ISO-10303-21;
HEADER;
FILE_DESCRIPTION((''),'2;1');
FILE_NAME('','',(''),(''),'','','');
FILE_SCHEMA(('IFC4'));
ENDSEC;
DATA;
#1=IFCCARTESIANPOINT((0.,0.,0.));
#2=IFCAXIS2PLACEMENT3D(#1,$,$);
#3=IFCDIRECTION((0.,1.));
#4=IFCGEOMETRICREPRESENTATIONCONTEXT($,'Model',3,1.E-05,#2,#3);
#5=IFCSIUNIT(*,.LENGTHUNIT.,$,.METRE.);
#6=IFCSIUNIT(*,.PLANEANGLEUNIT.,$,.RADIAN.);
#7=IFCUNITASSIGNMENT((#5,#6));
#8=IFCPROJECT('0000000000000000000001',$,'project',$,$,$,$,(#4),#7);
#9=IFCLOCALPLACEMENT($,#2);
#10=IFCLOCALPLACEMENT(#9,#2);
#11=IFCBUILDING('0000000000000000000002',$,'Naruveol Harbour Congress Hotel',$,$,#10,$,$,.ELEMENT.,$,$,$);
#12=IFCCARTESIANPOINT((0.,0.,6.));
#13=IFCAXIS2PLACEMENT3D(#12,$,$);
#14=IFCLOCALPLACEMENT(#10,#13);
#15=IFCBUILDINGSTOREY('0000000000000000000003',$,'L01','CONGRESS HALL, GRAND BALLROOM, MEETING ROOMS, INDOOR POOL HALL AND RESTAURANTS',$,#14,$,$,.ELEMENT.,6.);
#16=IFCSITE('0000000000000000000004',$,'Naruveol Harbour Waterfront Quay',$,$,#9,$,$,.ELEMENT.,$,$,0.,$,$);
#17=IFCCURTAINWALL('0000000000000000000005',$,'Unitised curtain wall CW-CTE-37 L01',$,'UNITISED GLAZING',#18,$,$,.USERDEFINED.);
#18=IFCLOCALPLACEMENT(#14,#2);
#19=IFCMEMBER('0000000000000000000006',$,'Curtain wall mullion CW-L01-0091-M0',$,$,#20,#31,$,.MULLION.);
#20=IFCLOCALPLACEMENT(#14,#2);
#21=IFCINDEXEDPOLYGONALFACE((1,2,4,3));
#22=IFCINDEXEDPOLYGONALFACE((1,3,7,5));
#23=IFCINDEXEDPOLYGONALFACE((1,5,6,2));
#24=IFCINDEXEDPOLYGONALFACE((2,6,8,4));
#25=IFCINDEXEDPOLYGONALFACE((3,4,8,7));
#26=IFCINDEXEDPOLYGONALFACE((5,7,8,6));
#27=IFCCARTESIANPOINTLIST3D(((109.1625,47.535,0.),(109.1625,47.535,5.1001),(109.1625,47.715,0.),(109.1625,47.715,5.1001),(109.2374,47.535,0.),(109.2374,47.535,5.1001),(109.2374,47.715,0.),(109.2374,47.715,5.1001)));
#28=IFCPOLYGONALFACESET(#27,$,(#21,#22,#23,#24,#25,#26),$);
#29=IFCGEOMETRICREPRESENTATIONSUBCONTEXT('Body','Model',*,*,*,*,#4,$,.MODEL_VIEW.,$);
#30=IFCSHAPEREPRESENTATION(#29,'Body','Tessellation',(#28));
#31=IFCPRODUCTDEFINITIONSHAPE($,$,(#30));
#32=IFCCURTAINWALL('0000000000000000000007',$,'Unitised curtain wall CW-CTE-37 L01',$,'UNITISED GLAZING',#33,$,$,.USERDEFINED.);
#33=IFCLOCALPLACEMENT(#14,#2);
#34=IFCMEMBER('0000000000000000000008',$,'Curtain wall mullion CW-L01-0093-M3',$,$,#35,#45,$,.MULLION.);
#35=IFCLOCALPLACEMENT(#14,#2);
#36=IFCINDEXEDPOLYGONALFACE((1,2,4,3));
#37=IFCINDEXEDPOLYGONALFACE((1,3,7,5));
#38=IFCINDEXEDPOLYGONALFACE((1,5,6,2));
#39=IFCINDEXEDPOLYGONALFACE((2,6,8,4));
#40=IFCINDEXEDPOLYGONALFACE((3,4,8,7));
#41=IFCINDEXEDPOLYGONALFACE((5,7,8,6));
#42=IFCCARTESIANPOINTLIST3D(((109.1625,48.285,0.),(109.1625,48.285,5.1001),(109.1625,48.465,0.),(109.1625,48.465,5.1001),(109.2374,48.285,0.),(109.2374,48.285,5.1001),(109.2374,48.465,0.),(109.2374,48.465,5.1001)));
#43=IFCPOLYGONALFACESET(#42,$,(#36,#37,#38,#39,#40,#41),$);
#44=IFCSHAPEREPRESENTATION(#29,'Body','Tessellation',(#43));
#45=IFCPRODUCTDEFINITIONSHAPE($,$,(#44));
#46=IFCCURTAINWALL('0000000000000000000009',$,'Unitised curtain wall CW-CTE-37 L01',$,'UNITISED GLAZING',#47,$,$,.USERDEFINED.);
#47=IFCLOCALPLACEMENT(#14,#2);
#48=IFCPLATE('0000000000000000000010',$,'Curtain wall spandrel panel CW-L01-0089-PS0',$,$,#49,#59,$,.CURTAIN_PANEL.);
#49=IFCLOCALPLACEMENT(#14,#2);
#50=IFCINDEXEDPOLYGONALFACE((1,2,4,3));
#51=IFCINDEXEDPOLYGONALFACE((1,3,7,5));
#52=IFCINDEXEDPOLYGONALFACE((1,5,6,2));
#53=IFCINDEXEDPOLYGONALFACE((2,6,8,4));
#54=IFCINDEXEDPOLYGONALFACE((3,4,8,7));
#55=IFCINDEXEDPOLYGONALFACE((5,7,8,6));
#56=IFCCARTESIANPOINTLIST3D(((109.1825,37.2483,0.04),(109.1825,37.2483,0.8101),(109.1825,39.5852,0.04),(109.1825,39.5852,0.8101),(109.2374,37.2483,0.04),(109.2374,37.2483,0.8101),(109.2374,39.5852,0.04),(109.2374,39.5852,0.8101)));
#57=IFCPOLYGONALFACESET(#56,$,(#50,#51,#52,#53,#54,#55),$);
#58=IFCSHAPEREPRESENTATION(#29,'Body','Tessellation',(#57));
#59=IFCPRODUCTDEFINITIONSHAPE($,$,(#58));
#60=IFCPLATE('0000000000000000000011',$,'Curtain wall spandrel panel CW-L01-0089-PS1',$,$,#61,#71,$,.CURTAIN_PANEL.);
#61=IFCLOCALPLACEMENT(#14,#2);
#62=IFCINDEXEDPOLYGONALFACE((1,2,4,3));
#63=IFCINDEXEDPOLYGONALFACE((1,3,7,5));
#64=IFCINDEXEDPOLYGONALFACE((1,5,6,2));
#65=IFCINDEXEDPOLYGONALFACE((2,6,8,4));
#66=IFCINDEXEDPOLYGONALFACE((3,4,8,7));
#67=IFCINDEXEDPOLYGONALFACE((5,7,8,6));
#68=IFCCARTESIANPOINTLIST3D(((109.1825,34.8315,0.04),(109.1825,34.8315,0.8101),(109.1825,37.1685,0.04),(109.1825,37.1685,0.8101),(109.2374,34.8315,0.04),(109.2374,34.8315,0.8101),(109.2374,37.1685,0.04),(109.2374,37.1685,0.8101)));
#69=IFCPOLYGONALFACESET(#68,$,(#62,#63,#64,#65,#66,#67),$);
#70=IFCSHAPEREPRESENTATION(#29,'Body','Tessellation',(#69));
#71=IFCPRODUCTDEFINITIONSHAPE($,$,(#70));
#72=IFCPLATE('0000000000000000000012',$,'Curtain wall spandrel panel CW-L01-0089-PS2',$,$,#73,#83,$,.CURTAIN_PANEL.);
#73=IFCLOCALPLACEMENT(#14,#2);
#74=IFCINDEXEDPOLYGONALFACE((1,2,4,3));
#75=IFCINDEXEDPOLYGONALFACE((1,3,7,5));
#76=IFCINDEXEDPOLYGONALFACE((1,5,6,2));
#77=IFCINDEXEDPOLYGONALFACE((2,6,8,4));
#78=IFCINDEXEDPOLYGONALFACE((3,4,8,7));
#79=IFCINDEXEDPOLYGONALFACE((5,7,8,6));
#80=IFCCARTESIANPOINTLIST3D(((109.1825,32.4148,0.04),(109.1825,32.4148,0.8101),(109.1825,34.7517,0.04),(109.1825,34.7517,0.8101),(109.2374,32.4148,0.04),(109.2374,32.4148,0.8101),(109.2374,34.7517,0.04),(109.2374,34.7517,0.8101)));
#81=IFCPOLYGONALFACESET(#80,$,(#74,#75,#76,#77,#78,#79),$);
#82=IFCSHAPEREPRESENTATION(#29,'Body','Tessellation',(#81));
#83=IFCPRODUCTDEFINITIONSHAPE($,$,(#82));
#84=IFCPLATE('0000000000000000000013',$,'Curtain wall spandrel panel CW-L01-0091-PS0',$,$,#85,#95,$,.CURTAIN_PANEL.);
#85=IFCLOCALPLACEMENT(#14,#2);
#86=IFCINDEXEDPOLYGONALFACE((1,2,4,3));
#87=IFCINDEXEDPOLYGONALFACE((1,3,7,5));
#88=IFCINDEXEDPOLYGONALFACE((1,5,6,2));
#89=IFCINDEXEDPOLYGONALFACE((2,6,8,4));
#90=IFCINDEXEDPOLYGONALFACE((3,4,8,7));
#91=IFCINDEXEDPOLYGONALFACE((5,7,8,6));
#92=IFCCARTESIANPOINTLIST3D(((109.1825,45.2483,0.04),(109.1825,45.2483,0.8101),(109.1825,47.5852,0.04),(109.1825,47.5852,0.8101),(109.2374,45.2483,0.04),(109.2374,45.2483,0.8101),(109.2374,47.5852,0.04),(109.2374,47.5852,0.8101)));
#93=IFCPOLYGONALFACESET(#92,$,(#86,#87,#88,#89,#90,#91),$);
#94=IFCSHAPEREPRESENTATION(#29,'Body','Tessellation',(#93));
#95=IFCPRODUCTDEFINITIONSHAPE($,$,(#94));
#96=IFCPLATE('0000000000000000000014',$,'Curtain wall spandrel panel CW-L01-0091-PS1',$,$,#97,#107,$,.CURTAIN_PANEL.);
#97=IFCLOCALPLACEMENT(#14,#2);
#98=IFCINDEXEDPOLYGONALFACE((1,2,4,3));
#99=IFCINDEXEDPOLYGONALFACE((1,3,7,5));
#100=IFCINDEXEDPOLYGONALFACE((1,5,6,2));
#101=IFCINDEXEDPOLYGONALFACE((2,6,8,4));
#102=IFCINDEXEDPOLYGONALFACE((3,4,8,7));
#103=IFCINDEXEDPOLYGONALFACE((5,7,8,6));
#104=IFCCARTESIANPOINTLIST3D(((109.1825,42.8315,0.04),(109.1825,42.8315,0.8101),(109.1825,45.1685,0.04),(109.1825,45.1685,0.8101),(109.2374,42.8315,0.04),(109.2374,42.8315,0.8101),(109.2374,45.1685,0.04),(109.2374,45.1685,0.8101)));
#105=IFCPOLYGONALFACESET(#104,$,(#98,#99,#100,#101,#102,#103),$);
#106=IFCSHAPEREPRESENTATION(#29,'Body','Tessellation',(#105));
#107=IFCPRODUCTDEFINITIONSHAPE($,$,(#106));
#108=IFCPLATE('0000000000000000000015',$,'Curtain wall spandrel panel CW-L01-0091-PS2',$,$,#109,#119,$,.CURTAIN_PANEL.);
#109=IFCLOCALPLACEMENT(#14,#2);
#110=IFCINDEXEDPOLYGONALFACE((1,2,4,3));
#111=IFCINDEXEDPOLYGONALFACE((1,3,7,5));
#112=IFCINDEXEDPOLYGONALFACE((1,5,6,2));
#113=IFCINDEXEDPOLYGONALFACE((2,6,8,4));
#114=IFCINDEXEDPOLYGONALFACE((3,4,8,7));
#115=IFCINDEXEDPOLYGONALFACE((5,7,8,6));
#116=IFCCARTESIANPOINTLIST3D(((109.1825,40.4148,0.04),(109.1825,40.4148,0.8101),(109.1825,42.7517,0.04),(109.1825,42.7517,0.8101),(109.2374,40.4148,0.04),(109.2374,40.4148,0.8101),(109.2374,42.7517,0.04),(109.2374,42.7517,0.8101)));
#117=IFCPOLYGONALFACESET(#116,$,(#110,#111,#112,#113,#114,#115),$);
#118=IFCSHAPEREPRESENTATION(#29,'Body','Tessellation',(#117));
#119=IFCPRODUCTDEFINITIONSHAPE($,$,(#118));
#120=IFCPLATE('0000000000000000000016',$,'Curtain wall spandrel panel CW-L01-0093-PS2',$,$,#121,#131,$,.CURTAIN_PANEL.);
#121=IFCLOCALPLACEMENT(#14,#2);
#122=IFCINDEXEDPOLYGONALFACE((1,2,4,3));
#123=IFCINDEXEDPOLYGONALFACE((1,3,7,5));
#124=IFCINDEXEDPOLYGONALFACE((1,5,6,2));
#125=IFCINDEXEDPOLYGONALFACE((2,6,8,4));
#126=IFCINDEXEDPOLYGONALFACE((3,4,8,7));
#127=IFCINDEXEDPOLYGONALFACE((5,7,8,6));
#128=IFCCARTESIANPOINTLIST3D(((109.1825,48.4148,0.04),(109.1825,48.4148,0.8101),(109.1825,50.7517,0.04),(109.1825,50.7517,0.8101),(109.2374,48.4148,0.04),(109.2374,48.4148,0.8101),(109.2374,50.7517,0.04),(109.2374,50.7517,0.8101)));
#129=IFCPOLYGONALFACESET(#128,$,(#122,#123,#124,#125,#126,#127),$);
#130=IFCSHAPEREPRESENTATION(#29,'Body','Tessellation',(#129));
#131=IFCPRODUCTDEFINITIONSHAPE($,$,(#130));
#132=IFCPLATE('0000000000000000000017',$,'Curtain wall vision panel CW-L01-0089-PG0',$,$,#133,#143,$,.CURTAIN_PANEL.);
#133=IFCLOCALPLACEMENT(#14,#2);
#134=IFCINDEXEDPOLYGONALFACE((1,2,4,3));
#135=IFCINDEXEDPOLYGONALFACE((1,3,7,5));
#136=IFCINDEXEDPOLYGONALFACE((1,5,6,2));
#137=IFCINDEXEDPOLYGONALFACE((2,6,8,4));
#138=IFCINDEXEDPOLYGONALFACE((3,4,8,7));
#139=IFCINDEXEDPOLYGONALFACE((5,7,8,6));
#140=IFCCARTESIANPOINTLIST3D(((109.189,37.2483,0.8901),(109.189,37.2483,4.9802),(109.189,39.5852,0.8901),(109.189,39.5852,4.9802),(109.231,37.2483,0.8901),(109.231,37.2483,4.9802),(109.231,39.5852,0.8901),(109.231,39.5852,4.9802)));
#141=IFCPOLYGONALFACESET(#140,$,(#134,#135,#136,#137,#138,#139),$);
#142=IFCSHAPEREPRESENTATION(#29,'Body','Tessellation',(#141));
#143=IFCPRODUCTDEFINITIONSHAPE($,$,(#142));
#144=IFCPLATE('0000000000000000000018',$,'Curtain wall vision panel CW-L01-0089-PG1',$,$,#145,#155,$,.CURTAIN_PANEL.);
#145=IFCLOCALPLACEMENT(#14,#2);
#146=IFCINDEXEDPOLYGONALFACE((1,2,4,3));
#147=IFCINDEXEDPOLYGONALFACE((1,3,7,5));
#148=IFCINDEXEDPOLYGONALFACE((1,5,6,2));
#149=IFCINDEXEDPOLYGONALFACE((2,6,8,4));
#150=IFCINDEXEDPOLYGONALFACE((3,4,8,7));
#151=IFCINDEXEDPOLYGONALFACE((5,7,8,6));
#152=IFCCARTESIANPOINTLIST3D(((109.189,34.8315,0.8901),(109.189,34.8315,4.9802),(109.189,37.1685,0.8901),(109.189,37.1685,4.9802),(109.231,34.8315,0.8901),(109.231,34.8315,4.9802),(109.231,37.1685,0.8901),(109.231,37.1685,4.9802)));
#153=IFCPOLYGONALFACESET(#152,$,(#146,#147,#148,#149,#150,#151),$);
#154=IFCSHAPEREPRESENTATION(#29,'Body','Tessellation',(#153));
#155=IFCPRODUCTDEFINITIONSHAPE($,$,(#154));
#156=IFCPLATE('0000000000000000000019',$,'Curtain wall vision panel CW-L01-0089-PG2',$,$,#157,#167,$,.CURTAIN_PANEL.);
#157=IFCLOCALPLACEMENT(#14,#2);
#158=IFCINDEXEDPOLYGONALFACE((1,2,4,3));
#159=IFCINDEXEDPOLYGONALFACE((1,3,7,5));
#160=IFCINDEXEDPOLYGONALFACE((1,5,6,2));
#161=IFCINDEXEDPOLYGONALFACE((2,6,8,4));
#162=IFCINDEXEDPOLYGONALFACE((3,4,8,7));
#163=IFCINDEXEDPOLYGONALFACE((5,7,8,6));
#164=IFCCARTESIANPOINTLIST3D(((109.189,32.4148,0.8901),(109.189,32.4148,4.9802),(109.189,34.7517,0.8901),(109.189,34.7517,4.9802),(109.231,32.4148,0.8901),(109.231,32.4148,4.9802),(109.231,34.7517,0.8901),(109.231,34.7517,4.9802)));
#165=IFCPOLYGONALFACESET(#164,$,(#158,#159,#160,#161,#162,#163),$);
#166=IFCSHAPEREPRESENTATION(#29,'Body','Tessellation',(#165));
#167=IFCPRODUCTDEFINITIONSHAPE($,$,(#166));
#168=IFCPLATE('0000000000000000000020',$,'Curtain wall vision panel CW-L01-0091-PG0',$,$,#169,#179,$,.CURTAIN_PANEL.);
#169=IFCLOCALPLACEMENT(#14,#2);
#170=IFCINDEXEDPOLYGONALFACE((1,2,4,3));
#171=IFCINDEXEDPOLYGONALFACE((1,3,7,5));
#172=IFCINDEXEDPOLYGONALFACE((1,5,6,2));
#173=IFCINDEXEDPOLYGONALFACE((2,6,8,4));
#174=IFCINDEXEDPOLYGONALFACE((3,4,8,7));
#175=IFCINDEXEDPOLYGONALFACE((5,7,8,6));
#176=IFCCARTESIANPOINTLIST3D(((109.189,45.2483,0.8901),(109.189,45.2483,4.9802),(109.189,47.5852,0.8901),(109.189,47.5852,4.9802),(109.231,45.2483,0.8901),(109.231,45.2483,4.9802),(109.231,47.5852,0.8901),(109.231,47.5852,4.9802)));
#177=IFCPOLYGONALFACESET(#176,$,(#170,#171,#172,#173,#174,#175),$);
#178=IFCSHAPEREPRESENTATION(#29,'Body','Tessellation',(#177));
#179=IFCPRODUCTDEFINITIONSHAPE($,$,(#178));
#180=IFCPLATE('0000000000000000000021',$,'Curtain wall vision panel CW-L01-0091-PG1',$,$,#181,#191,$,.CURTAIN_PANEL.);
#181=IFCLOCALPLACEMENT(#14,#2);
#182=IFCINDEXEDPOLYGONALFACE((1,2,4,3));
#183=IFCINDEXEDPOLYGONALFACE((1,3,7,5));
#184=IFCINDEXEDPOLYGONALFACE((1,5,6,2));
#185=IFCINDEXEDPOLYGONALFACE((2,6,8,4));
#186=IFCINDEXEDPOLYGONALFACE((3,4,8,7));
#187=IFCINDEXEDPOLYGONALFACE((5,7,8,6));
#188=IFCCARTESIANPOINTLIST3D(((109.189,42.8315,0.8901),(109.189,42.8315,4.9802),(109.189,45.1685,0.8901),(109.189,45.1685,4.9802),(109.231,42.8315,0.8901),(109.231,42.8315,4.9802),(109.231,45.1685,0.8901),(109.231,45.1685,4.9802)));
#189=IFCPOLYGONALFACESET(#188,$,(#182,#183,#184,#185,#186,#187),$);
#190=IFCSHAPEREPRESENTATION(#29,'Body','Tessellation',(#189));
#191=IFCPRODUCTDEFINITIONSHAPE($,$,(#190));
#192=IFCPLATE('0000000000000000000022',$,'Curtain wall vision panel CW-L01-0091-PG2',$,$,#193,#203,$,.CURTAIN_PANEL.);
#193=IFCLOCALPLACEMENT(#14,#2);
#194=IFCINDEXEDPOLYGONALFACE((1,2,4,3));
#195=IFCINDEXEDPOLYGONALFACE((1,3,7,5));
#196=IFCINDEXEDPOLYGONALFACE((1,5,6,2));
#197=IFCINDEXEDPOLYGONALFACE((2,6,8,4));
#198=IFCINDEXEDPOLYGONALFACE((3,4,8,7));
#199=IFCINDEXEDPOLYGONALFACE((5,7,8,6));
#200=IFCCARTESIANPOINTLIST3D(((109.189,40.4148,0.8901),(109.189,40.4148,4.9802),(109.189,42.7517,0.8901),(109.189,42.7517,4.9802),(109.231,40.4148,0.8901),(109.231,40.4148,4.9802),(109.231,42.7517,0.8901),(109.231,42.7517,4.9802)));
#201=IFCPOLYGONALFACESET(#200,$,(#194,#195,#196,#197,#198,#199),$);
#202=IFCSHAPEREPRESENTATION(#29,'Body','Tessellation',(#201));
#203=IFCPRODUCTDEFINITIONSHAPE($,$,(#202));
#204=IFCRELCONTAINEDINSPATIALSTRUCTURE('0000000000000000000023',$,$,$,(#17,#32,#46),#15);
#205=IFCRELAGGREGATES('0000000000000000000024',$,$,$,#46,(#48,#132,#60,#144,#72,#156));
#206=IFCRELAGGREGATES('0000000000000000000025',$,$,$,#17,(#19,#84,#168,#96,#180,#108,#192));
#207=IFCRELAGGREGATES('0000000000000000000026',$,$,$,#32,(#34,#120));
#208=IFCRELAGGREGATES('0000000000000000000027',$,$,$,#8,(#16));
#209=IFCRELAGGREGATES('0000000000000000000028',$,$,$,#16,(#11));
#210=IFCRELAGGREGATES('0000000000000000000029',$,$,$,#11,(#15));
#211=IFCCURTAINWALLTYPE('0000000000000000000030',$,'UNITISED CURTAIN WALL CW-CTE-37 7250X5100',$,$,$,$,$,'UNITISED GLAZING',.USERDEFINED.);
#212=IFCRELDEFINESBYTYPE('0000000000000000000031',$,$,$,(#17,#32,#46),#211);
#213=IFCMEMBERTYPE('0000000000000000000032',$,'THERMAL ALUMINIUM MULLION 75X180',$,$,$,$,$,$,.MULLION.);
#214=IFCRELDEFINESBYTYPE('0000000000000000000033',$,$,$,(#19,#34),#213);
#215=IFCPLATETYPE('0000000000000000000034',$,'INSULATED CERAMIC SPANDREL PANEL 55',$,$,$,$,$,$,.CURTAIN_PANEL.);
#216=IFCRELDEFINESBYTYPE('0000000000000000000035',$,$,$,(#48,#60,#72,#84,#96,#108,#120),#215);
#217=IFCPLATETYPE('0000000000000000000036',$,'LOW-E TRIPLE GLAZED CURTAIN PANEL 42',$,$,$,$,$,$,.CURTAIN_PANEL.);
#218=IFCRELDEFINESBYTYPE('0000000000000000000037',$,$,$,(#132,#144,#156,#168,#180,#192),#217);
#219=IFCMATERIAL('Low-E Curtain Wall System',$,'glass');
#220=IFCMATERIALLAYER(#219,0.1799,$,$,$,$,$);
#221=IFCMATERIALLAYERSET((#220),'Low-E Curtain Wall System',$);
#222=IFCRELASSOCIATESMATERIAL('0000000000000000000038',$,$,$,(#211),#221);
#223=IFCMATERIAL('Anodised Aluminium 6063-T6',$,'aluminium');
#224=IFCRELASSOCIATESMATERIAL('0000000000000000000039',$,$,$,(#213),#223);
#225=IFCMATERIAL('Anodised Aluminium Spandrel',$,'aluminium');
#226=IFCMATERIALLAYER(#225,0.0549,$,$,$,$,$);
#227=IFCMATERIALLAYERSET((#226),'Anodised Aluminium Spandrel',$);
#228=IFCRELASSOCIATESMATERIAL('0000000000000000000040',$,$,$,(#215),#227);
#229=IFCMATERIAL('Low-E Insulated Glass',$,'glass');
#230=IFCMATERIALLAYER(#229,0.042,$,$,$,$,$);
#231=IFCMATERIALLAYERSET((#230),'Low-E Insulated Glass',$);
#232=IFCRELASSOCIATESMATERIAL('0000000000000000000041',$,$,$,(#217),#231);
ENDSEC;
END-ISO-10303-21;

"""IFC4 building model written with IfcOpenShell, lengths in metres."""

from ifc_helpers import new_model, si_unit, direction, frame, origin, origin_2d, place, context, subcontext, project, spatial, rectangle, extrude, material, layer, layer_set, material_profile, profile_set, type_object, element, aggregate, save


model = new_model("IFC4")

# Units and contexts
model_context = context("Model", 3, precision=1e-05, world=origin(), true_north=direction((0.0, 1.0)))
body_context = subcontext(model_context, "Body", "Model", "MODEL_VIEW")
ifc_project = project(units=[si_unit("LENGTHUNIT", "METRE"), si_unit("PLANEANGLEUNIT", "RADIAN")], contexts=[model_context])

# Site, building, storey
site_placement = place(None, origin())
site = spatial("IfcSite", under=ifc_project, at=site_placement, Name="Naruveol Harbour Waterfront Quay", CompositionType="ELEMENT", RefElevation=0.0)
building_placement = place(site_placement, origin())
building = spatial("IfcBuilding", under=site, at=building_placement, Name="Naruveol Harbour Congress Hotel", CompositionType="ELEMENT")
storey_placement = place(building_placement, frame((0.0, 0.0, 6.0)))
storey = spatial("IfcBuildingStorey", under=building, at=storey_placement, Name="L01", Description="CONGRESS HALL, GRAND BALLROOM, MEETING ROOMS, INDOOR POOL HALL AND RESTAURANTS", CompositionType="ELEMENT", Elevation=6.0)

# Curtain walls, members
ifc_material_1 = material(Name="Low-E Curtain Wall System", Category="glass")
ifc_layer_1 = layer(ifc_material_1, 0.1799)
ifc_layer_set_1 = layer_set([ifc_layer_1], Name="Low-E Curtain Wall System")
curtain_wall_type = type_object("IfcCurtainWallType", Name="UNITISED CURTAIN WALL CW-CTE-37 7250X5100", ElementType="UNITISED GLAZING", PredefinedType="USERDEFINED", material=ifc_layer_set_1)
curtain_wall_1_placement = place(storey_placement, origin())
curtain_wall_1 = element("IfcCurtainWall", 1, at=curtain_wall_1_placement, inside=storey, type_object=curtain_wall_type, Name="Unitised curtain wall CW-CTE-37 L01", ObjectType="UNITISED GLAZING", PredefinedType="USERDEFINED")
ifc_material_2 = material(Name="Anodised Aluminium 6063-T6", Category="aluminium")
ifc_material_profile_1 = material_profile(ifc_material_2, rectangle(XDim=0.075, YDim=0.1799, at=origin_2d()), Name="ALU-75x180")
ifc_profile_set_1 = profile_set([ifc_material_profile_1], Name="Anodised Aluminium 6063-T6")
member_type = type_object("IfcMemberType", Name="THERMAL ALUMINIUM MULLION 75X180", PredefinedType="MULLION", material=ifc_profile_set_1)
member_1_placement = place(storey_placement, frame((109.2, 47.625, 0.0), z_axis=(0.0, 0.0, 1.0), x_axis=(1.0, 0.0, 0.0)))
member_1 = element("IfcMember", 2, at=member_1_placement, type_object=member_type, Name="Curtain wall mullion CW-L01-0091-M0", PredefinedType="MULLION", context=body_context, shape_type="SweptSolid", body=[
    extrude(rectangle(XDim=0.075, YDim=0.1799, at=origin_2d()), origin(), (0.0, 0.0, 1.0), 5.1001),
])
curtain_wall_2_placement = place(storey_placement, origin())
curtain_wall_2 = element("IfcCurtainWall", 3, at=curtain_wall_2_placement, inside=storey, type_object=curtain_wall_type, Name="Unitised curtain wall CW-CTE-37 L01", ObjectType="UNITISED GLAZING", PredefinedType="USERDEFINED")
member_2_placement = place(storey_placement, frame((109.2, 48.375, 0.0), z_axis=(0.0, 0.0, 1.0), x_axis=(1.0, 0.0, 0.0)))
member_2 = element("IfcMember", 4, at=member_2_placement, type_object=member_type, Name="Curtain wall mullion CW-L01-0093-M3", PredefinedType="MULLION", context=body_context, shape_type="SweptSolid", body=[
    extrude(rectangle(XDim=0.075, YDim=0.1799, at=origin_2d()), origin(), (0.0, 0.0, 1.0), 5.1001),
])

# Curtain wall, plates
curtain_wall_3_placement = place(storey_placement, origin())
curtain_wall_3 = element("IfcCurtainWall", 5, at=curtain_wall_3_placement, inside=storey, type_object=curtain_wall_type, Name="Unitised curtain wall CW-CTE-37 L01", ObjectType="UNITISED GLAZING", PredefinedType="USERDEFINED")
ifc_material_3 = material(Name="Anodised Aluminium Spandrel", Category="aluminium")
ifc_layer_2 = layer(ifc_material_3, 0.0549)
ifc_layer_set_2 = layer_set([ifc_layer_2], Name="Anodised Aluminium Spandrel")
plate_type_1 = type_object("IfcPlateType", Name="INSULATED CERAMIC SPANDREL PANEL 55", PredefinedType="CURTAIN_PANEL", material=ifc_layer_set_2)
plate_1_placement = place(storey_placement, frame((109.21, 38.4167, 0.04), z_axis=(0.0, 0.0, 1.0), x_axis=(0.0, -1.0, 0.0)))
plate_1 = element("IfcPlate", 6, at=plate_1_placement, type_object=plate_type_1, Name="Curtain wall spandrel panel CW-L01-0089-PS0", PredefinedType="CURTAIN_PANEL", context=body_context, shape_type="SweptSolid", body=[
    extrude(rectangle(XDim=2.3369, YDim=0.0549, at=origin_2d()), origin(), (0.0, 0.0, 1.0), 0.77),
])
plate_2_placement = place(storey_placement, frame((109.21, 36.0, 0.04), z_axis=(0.0, 0.0, 1.0), x_axis=(0.0, -1.0, 0.0)))
plate_2 = element("IfcPlate", 7, at=plate_2_placement, type_object=plate_type_1, Name="Curtain wall spandrel panel CW-L01-0089-PS1", PredefinedType="CURTAIN_PANEL", context=body_context, shape_type="SweptSolid", body=[
    extrude(rectangle(XDim=2.3369, YDim=0.0549, at=origin_2d()), origin(), (0.0, 0.0, 1.0), 0.77),
])
plate_3_placement = place(storey_placement, frame((109.21, 33.5833, 0.04), z_axis=(0.0, 0.0, 1.0), x_axis=(0.0, -1.0, 0.0)))
plate_3 = element("IfcPlate", 8, at=plate_3_placement, type_object=plate_type_1, Name="Curtain wall spandrel panel CW-L01-0089-PS2", PredefinedType="CURTAIN_PANEL", context=body_context, shape_type="SweptSolid", body=[
    extrude(rectangle(XDim=2.3369, YDim=0.0549, at=origin_2d()), origin(), (0.0, 0.0, 1.0), 0.77),
])

# Plates
plate_4_placement = place(storey_placement, frame((109.21, 46.4167, 0.04), z_axis=(0.0, 0.0, 1.0), x_axis=(0.0, -1.0, 0.0)))
plate_4 = element("IfcPlate", 9, at=plate_4_placement, type_object=plate_type_1, Name="Curtain wall spandrel panel CW-L01-0091-PS0", PredefinedType="CURTAIN_PANEL", context=body_context, shape_type="SweptSolid", body=[
    extrude(rectangle(XDim=2.3369, YDim=0.0549, at=origin_2d()), origin(), (0.0, 0.0, 1.0), 0.77),
])
plate_5_placement = place(storey_placement, frame((109.21, 44.0, 0.04), z_axis=(0.0, 0.0, 1.0), x_axis=(0.0, -1.0, 0.0)))
plate_5 = element("IfcPlate", 10, at=plate_5_placement, type_object=plate_type_1, Name="Curtain wall spandrel panel CW-L01-0091-PS1", PredefinedType="CURTAIN_PANEL", context=body_context, shape_type="SweptSolid", body=[
    extrude(rectangle(XDim=2.3369, YDim=0.0549, at=origin_2d()), origin(), (0.0, 0.0, 1.0), 0.77),
])
plate_6_placement = place(storey_placement, frame((109.21, 41.5833, 0.04), z_axis=(0.0, 0.0, 1.0), x_axis=(0.0, -1.0, 0.0)))
plate_6 = element("IfcPlate", 11, at=plate_6_placement, type_object=plate_type_1, Name="Curtain wall spandrel panel CW-L01-0091-PS2", PredefinedType="CURTAIN_PANEL", context=body_context, shape_type="SweptSolid", body=[
    extrude(rectangle(XDim=2.3369, YDim=0.0549, at=origin_2d()), origin(), (0.0, 0.0, 1.0), 0.77),
])
plate_7_placement = place(storey_placement, frame((109.21, 49.5833, 0.04), z_axis=(0.0, 0.0, 1.0), x_axis=(0.0, -1.0, 0.0)))
plate_7 = element("IfcPlate", 12, at=plate_7_placement, type_object=plate_type_1, Name="Curtain wall spandrel panel CW-L01-0093-PS2", PredefinedType="CURTAIN_PANEL", context=body_context, shape_type="SweptSolid", body=[
    extrude(rectangle(XDim=2.3369, YDim=0.0549, at=origin_2d()), origin(), (0.0, 0.0, 1.0), 0.77),
])
ifc_material_4 = material(Name="Low-E Insulated Glass", Category="glass")
ifc_layer_3 = layer(ifc_material_4, 0.042)
ifc_layer_set_3 = layer_set([ifc_layer_3], Name="Low-E Insulated Glass")
plate_type_2 = type_object("IfcPlateType", Name="LOW-E TRIPLE GLAZED CURTAIN PANEL 42", PredefinedType="CURTAIN_PANEL", material=ifc_layer_set_3)
plate_8_placement = place(storey_placement, frame((109.21, 38.4167, 0.8901), z_axis=(0.0, 0.0, 1.0), x_axis=(0.0, -1.0, 0.0)))
plate_8 = element("IfcPlate", 13, at=plate_8_placement, type_object=plate_type_2, Name="Curtain wall vision panel CW-L01-0089-PG0", PredefinedType="CURTAIN_PANEL", context=body_context, shape_type="SweptSolid", body=[
    extrude(rectangle(XDim=2.3369, YDim=0.042, at=origin_2d()), origin(), (0.0, 0.0, 1.0), 4.0901),
])
plate_9_placement = place(storey_placement, frame((109.21, 36.0, 0.8901), z_axis=(0.0, 0.0, 1.0), x_axis=(0.0, -1.0, 0.0)))
plate_9 = element("IfcPlate", 14, at=plate_9_placement, type_object=plate_type_2, Name="Curtain wall vision panel CW-L01-0089-PG1", PredefinedType="CURTAIN_PANEL", context=body_context, shape_type="SweptSolid", body=[
    extrude(rectangle(XDim=2.3369, YDim=0.042, at=origin_2d()), origin(), (0.0, 0.0, 1.0), 4.0901),
])
plate_10_placement = place(storey_placement, frame((109.21, 33.5833, 0.8901), z_axis=(0.0, 0.0, 1.0), x_axis=(0.0, -1.0, 0.0)))
plate_10 = element("IfcPlate", 15, at=plate_10_placement, type_object=plate_type_2, Name="Curtain wall vision panel CW-L01-0089-PG2", PredefinedType="CURTAIN_PANEL", context=body_context, shape_type="SweptSolid", body=[
    extrude(rectangle(XDim=2.3369, YDim=0.042, at=origin_2d()), origin(), (0.0, 0.0, 1.0), 4.0901),
])
aggregate(curtain_wall_3, [plate_1, plate_8, plate_2, plate_9, plate_3, plate_10])
plate_11_placement = place(storey_placement, frame((109.21, 46.4167, 0.8901), z_axis=(0.0, 0.0, 1.0), x_axis=(0.0, -1.0, 0.0)))
plate_11 = element("IfcPlate", 16, at=plate_11_placement, type_object=plate_type_2, Name="Curtain wall vision panel CW-L01-0091-PG0", PredefinedType="CURTAIN_PANEL", context=body_context, shape_type="SweptSolid", body=[
    extrude(rectangle(XDim=2.3369, YDim=0.042, at=origin_2d()), origin(), (0.0, 0.0, 1.0), 4.0901),
])
plate_12_placement = place(storey_placement, frame((109.21, 44.0, 0.8901), z_axis=(0.0, 0.0, 1.0), x_axis=(0.0, -1.0, 0.0)))
plate_12 = element("IfcPlate", 17, at=plate_12_placement, type_object=plate_type_2, Name="Curtain wall vision panel CW-L01-0091-PG1", PredefinedType="CURTAIN_PANEL", context=body_context, shape_type="SweptSolid", body=[
    extrude(rectangle(XDim=2.3369, YDim=0.042, at=origin_2d()), origin(), (0.0, 0.0, 1.0), 4.0901),
])
plate_13_placement = place(storey_placement, frame((109.21, 41.5833, 0.8901), z_axis=(0.0, 0.0, 1.0), x_axis=(0.0, -1.0, 0.0)))
plate_13 = element("IfcPlate", 18, at=plate_13_placement, type_object=plate_type_2, Name="Curtain wall vision panel CW-L01-0091-PG2", PredefinedType="CURTAIN_PANEL", context=body_context, shape_type="SweptSolid", body=[
    extrude(rectangle(XDim=2.3369, YDim=0.042, at=origin_2d()), origin(), (0.0, 0.0, 1.0), 4.0901),
])
aggregate(curtain_wall_1, [member_1, plate_4, plate_11, plate_5, plate_12, plate_6, plate_13])
aggregate(curtain_wall_2, [member_2, plate_7])

save(model, "model.ifc")
